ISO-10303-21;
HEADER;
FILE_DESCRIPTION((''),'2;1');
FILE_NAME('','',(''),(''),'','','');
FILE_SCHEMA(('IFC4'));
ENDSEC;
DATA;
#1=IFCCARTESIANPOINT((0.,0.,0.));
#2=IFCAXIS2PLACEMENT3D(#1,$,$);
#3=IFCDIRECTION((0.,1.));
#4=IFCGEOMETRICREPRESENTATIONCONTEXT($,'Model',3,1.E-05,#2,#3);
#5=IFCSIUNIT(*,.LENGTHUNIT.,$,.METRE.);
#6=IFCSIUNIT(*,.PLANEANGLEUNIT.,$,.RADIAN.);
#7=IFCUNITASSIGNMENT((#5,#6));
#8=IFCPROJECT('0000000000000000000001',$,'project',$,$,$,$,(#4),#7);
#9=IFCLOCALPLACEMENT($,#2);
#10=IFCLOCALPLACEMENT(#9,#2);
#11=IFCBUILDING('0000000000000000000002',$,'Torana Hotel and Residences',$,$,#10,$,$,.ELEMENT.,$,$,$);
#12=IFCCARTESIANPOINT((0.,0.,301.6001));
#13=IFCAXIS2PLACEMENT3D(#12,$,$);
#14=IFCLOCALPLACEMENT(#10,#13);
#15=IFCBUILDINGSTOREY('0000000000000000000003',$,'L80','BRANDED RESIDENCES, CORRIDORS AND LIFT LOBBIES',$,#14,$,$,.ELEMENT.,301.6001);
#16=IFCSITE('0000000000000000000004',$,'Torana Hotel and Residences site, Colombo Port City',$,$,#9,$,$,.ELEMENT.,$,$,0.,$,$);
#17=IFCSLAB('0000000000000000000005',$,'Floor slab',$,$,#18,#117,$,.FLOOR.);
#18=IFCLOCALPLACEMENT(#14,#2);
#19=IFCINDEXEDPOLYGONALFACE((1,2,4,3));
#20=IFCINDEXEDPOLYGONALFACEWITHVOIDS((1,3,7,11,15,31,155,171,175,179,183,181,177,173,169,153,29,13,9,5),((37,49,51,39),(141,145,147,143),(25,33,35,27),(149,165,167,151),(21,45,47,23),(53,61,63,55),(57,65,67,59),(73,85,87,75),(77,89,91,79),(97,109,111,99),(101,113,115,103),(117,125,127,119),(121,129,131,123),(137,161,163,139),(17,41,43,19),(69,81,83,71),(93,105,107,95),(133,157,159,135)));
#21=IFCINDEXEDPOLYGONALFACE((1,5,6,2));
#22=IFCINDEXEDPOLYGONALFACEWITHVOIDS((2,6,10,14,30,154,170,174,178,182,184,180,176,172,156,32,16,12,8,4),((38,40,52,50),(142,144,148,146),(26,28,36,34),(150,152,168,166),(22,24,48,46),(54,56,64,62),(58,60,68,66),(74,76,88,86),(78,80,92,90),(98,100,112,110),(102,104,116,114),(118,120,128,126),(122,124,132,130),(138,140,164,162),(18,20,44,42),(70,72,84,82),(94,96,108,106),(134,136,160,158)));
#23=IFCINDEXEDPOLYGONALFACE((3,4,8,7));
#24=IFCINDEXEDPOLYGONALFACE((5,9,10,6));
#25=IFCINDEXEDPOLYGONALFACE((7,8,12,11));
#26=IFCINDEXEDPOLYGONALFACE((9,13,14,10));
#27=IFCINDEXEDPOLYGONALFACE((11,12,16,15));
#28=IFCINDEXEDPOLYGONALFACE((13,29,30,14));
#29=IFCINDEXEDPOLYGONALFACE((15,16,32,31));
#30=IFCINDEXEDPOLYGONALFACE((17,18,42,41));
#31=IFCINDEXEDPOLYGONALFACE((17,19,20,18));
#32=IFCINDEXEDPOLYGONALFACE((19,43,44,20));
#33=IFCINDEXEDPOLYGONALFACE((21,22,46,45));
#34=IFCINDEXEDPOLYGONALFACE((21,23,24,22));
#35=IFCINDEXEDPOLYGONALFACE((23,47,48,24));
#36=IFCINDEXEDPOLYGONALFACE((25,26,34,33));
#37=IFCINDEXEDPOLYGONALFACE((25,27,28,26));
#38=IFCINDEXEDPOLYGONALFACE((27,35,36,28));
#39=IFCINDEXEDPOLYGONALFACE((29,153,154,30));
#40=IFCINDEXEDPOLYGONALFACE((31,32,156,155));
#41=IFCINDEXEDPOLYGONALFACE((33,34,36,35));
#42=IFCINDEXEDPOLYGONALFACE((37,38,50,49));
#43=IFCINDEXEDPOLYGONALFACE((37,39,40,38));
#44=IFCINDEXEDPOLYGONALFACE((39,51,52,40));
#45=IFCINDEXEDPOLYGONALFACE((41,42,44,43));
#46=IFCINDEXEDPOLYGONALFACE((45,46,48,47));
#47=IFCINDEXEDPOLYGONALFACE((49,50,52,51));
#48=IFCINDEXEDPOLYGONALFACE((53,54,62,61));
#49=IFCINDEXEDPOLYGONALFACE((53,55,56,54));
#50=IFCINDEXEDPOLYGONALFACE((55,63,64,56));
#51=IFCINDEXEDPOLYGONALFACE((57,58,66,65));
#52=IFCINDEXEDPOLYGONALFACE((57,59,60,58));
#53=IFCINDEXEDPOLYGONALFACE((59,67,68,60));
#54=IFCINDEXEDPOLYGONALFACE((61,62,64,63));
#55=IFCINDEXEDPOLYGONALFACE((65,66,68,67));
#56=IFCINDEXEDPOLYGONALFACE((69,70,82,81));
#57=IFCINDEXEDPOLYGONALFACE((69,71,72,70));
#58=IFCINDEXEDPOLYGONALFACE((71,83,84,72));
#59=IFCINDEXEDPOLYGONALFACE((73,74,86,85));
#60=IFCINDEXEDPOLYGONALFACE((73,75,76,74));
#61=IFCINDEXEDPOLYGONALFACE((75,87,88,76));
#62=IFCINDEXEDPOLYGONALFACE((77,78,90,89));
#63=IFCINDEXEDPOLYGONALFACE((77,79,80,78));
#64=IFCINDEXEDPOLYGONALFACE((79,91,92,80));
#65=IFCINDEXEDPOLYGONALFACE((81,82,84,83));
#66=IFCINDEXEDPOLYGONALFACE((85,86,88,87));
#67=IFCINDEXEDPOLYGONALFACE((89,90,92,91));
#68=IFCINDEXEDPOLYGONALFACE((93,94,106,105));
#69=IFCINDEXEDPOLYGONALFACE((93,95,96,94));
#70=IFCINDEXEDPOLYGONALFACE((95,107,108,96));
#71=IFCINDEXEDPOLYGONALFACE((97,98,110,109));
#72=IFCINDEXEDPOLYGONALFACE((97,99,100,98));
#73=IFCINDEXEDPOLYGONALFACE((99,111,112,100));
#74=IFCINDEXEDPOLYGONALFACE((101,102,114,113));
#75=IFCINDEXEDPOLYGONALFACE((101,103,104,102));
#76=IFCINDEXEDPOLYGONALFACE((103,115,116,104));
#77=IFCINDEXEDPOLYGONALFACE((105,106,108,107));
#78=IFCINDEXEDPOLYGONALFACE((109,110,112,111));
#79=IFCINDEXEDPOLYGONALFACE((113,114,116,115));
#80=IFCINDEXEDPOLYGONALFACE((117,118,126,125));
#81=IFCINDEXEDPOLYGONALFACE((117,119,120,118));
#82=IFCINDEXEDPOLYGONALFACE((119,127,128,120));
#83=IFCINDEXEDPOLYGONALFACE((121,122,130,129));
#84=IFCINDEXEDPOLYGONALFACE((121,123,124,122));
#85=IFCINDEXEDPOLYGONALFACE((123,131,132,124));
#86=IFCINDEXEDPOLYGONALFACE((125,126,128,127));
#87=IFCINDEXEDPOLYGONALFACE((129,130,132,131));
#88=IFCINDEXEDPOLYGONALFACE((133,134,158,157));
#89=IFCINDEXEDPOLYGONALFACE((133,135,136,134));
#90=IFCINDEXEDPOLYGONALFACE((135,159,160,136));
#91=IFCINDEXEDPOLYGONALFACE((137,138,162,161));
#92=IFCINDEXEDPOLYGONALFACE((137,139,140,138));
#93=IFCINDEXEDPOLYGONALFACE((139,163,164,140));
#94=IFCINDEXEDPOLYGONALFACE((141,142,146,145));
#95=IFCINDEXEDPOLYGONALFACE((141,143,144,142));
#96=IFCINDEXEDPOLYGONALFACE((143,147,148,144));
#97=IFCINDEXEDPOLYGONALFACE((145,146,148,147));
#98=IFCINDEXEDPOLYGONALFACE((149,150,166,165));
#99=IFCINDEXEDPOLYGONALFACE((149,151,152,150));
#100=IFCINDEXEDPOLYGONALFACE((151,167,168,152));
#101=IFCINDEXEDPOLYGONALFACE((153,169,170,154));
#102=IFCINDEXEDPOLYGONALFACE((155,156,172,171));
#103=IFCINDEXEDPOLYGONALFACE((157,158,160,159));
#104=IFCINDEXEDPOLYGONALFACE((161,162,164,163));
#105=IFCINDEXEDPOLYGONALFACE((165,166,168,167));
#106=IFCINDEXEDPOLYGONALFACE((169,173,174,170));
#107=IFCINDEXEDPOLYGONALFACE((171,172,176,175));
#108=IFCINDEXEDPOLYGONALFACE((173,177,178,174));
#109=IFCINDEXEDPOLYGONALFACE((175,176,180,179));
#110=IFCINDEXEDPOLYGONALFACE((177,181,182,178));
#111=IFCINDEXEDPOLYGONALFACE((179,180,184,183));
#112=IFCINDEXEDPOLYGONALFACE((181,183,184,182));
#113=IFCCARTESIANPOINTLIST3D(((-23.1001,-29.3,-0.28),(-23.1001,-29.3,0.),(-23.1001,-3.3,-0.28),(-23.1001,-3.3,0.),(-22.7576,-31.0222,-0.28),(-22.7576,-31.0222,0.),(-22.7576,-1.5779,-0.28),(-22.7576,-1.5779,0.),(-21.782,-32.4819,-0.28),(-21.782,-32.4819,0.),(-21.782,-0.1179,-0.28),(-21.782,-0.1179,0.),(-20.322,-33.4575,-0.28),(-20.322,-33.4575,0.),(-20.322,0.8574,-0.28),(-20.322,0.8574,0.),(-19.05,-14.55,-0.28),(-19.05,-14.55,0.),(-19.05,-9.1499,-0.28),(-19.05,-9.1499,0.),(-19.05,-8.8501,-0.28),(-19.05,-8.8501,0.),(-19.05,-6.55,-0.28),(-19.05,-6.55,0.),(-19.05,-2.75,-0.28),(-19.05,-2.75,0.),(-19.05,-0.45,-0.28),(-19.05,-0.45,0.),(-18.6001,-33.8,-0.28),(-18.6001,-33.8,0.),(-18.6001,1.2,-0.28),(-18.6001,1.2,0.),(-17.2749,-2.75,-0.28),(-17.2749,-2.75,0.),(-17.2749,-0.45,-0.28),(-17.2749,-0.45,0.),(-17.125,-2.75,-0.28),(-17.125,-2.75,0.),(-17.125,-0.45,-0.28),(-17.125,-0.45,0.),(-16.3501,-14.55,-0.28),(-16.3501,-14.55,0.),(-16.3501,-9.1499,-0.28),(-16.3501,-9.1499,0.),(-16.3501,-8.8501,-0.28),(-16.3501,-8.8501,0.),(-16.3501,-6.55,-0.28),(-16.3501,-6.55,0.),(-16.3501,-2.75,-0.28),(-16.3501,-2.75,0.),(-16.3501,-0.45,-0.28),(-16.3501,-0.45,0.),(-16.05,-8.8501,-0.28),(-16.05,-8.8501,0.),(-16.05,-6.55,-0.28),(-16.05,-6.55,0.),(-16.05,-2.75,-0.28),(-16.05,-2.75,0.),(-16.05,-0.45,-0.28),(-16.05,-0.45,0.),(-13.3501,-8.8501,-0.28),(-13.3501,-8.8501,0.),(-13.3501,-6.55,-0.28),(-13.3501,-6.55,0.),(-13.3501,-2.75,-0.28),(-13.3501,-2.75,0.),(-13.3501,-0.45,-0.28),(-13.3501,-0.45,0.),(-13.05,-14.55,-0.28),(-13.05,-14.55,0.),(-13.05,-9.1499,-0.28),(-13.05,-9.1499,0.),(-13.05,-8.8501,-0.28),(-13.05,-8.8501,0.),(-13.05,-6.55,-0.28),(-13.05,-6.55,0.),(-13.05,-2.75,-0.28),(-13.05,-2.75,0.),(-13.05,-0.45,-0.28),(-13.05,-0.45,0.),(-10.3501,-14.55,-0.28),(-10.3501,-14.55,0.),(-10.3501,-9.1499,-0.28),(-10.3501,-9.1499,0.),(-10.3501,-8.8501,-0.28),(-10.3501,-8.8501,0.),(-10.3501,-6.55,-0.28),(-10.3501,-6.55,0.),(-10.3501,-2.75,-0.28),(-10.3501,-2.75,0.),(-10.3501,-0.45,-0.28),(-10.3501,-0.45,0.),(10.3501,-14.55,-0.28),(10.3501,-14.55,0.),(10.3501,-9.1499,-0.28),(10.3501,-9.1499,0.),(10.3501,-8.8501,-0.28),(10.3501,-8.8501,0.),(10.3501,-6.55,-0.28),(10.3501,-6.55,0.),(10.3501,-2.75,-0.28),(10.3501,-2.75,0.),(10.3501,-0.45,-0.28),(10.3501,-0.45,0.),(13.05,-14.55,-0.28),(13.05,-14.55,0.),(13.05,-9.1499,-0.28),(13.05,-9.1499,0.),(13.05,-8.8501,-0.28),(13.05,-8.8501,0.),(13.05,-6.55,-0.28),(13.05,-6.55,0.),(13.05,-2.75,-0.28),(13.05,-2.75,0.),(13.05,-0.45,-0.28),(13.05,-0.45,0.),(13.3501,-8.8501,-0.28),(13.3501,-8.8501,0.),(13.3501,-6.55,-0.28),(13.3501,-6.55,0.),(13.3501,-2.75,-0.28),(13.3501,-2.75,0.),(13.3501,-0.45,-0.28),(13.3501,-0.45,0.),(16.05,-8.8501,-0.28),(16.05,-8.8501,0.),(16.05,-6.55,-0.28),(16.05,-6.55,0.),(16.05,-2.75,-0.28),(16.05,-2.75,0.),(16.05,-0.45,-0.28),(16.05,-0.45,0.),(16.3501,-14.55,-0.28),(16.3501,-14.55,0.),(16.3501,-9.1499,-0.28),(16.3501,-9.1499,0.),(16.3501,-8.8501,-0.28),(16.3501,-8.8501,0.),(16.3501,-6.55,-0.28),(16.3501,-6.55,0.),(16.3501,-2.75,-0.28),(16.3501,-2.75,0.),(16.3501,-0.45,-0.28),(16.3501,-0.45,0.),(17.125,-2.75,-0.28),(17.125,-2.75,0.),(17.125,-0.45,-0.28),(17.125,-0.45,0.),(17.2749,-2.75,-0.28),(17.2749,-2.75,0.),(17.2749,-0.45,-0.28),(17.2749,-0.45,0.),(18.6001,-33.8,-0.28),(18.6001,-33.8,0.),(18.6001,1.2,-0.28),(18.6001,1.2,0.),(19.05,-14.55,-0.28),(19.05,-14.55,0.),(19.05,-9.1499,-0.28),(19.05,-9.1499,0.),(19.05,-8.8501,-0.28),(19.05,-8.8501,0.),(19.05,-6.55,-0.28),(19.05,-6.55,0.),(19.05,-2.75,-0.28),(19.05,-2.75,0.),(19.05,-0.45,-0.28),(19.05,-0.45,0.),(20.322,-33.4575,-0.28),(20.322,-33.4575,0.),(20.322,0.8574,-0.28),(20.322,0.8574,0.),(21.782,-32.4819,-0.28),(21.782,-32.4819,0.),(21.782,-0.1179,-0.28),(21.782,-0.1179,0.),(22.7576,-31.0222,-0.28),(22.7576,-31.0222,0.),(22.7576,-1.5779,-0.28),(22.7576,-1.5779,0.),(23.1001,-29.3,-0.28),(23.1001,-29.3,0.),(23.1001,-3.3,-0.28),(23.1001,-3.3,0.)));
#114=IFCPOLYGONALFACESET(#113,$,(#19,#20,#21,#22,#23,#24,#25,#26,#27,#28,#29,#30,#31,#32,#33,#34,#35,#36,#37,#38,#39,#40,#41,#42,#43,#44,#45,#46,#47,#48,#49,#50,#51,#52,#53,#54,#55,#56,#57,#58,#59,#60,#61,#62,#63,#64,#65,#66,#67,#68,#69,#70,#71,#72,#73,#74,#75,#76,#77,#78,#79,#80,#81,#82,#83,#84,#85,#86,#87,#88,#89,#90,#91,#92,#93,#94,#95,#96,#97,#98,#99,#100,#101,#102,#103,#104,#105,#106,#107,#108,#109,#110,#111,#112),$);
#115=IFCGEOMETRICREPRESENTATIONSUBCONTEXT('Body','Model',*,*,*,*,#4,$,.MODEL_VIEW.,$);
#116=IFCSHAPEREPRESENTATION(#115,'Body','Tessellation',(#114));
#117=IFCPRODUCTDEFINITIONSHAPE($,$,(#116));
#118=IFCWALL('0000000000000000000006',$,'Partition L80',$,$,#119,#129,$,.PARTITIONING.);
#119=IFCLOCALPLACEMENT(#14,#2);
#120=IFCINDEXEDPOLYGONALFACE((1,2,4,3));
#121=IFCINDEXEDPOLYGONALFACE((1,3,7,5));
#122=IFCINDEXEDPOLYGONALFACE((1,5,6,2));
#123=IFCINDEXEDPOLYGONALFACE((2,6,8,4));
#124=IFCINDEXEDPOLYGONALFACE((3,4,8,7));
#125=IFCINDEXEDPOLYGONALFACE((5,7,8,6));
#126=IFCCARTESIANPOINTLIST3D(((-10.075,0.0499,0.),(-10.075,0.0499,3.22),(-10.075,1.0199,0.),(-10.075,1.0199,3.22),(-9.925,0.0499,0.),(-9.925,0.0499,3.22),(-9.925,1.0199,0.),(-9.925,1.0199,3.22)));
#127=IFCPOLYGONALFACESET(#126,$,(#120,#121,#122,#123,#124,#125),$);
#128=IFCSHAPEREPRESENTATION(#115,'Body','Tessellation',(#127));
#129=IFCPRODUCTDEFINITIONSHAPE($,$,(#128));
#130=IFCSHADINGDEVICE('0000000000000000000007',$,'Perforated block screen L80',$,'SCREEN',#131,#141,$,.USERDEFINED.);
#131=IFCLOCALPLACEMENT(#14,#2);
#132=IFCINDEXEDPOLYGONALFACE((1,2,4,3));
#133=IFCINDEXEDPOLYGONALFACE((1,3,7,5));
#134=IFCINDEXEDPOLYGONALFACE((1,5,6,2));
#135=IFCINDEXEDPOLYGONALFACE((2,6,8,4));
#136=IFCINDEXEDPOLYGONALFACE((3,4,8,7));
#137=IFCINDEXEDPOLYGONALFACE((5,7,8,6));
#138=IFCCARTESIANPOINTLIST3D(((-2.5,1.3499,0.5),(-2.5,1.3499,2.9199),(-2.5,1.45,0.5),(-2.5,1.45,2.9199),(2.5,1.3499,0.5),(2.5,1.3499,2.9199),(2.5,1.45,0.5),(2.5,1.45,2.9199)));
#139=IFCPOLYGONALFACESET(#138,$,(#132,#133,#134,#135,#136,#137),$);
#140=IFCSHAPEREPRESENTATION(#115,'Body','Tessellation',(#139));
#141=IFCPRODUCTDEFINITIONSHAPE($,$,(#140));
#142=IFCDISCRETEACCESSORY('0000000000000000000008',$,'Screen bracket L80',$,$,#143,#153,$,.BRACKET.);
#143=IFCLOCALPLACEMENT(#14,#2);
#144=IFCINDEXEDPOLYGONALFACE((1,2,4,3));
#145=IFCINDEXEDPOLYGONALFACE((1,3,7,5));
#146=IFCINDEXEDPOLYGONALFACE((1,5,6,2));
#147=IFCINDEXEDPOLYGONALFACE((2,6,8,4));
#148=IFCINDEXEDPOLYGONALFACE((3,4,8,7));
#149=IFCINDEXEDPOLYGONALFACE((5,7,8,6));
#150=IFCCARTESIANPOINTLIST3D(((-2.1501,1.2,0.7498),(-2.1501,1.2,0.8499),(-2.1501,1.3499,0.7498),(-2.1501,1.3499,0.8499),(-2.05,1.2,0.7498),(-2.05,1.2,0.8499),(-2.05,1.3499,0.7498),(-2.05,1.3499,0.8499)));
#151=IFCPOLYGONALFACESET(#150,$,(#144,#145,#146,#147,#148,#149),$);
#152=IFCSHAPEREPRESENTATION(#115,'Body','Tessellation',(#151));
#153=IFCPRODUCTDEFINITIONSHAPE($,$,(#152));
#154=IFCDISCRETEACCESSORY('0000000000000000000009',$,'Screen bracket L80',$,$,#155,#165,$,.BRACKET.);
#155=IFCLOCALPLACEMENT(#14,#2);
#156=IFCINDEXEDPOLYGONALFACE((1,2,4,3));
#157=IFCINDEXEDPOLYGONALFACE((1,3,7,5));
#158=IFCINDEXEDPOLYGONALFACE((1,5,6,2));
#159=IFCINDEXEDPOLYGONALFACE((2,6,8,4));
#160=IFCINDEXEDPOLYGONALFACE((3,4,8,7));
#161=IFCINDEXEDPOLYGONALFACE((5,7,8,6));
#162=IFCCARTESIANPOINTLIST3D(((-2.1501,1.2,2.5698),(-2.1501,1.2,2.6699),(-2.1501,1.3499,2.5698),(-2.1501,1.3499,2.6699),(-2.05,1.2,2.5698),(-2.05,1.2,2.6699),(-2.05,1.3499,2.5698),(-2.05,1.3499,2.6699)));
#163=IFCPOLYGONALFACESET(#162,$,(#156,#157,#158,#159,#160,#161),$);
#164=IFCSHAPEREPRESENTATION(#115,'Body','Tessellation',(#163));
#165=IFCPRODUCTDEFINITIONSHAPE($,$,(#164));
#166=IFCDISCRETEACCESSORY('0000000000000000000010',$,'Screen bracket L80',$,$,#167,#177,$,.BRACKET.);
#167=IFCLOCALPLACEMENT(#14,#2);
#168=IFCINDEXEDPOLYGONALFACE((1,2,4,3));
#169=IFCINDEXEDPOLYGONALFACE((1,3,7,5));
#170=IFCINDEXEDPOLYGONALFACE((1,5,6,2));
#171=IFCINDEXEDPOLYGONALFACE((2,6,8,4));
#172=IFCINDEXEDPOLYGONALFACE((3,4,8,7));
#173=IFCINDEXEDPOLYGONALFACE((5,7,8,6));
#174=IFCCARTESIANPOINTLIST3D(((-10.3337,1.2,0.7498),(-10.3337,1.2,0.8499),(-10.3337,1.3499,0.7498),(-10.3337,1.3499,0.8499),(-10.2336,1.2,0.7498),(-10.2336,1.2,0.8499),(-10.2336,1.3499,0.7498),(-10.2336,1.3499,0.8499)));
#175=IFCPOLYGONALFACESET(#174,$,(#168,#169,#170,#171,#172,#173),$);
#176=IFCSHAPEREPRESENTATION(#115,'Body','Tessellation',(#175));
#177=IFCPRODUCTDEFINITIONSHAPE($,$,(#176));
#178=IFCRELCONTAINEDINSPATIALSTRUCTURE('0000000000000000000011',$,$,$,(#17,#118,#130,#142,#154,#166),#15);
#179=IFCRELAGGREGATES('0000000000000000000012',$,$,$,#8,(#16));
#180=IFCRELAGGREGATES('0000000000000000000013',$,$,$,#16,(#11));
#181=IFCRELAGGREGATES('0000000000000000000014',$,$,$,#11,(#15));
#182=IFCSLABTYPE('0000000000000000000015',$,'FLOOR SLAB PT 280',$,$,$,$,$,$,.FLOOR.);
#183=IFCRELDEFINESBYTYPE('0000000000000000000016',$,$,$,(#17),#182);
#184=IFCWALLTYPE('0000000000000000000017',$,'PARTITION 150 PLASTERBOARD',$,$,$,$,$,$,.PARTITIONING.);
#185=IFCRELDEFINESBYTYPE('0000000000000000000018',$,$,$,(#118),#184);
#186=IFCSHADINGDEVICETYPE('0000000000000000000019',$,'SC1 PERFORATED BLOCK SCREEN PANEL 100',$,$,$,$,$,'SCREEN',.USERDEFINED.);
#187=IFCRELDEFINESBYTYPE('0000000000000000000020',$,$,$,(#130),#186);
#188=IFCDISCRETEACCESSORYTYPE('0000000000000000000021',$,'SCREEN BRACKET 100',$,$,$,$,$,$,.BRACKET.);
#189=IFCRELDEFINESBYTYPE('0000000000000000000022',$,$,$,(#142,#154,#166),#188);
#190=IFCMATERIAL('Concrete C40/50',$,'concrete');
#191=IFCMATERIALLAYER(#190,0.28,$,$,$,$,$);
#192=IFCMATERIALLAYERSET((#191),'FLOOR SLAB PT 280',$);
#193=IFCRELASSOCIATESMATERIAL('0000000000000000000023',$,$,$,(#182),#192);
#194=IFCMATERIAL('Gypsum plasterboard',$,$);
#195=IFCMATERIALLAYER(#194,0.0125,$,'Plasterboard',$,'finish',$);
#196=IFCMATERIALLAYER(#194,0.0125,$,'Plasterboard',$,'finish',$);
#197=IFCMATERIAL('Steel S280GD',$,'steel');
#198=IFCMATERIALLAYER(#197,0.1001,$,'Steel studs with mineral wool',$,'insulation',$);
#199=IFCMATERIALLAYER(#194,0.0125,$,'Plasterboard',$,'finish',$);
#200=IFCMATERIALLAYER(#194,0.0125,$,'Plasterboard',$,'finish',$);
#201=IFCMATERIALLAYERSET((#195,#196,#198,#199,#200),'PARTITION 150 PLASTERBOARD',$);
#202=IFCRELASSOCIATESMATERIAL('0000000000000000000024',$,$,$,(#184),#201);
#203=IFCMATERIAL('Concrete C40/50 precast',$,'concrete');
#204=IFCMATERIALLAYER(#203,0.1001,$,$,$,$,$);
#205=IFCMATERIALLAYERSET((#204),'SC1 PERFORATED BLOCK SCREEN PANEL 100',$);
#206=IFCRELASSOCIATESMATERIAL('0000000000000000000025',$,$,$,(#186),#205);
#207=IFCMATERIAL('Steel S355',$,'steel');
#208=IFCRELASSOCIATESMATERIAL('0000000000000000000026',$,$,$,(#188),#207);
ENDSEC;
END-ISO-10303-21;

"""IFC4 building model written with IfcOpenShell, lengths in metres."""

from ifc_helpers import new_model, si_unit, direction, frame, frame_2d, origin, origin_2d, place, context, subcontext, project, spatial, polyline, rectangle, outline, extrude, material, layer, layer_set, type_object, element, save


model = new_model("IFC4")

# Units and contexts
model_context = context("Model", 3, precision=1e-05, world=origin(), true_north=direction((0.0, 1.0)))
body_context = subcontext(model_context, "Body", "Model", "MODEL_VIEW")
ifc_project = project(units=[si_unit("LENGTHUNIT", "METRE"), si_unit("PLANEANGLEUNIT", "RADIAN")], contexts=[model_context])

# Site, building, storey
site_placement = place(None, origin())
site = spatial("IfcSite", under=ifc_project, at=site_placement, Name="Torana Hotel and Residences site, Colombo Port City", CompositionType="ELEMENT", RefElevation=0.0)
building_placement = place(site_placement, origin())
building = spatial("IfcBuilding", under=site, at=building_placement, Name="Torana Hotel and Residences", CompositionType="ELEMENT")
storey_placement = place(building_placement, frame((0.0, 0.0, 301.6001)))
storey = spatial("IfcBuildingStorey", under=building, at=storey_placement, Name="L80", Description="BRANDED RESIDENCES, CORRIDORS AND LIFT LOBBIES", CompositionType="ELEMENT", Elevation=301.6001)

# Slab
ifc_material_1 = material(Name="Concrete C40/50", Category="concrete")
ifc_layer_1 = layer(ifc_material_1, 0.28)
ifc_layer_set_1 = layer_set([ifc_layer_1], Name="FLOOR SLAB PT 280")
slab_type_1 = type_object("IfcSlabType", Name="FLOOR SLAB PT 280", PredefinedType="FLOOR", material=ifc_layer_set_1)
slab_1_placement = place(storey_placement, frame((0.0, 0.0, -0.28)))
element("IfcSlab", 1, at=slab_1_placement, inside=storey, type_object=slab_type_1, Name="Floor slab", PredefinedType="FLOOR", context=body_context, shape_type="SweptSolid", body=[
    extrude(outline(polyline([(23.1001, -3.3), (22.7576, -1.5779), (21.782, -0.1179), (20.322, 0.8574), (18.6001, 1.2), (-18.6001, 1.2), (-20.322, 0.8574), (-21.782, -0.1179), (-22.7576, -1.5779), (-23.1001, -3.3), (-23.1001, -29.3), (-22.7576, -31.0222), (-21.782, -32.4819), (-20.322, -33.4575), (-18.6001, -33.8), (18.6001, -33.8), (20.322, -33.4575), (21.782, -32.4819), (22.7576, -31.0222), (23.1001, -29.3), (23.1001, -3.3)]), holes=[polyline([(-13.05, -14.55), (-10.3501, -14.55), (-10.3501, -9.1499), (-13.05, -9.1499), (-13.05, -14.55)]), polyline([(-19.05, -14.55), (-16.3501, -14.55), (-16.3501, -9.1499), (-19.05, -9.1499), (-19.05, -14.55)]), polyline([(-17.125, -2.75), (-16.3501, -2.75), (-16.3501, -0.45), (-17.125, -0.45), (-17.125, -2.75)]), polyline([(-19.05, -2.75), (-17.2749, -2.75), (-17.2749, -0.45), (-19.05, -0.45), (-19.05, -2.75)]), polyline([(-13.05, -2.75), (-10.3501, -2.75), (-10.3501, -0.45), (-13.05, -0.45), (-13.05, -2.75)]), polyline([(-16.05, -2.75), (-13.3501, -2.75), (-13.3501, -0.45), (-16.05, -0.45), (-16.05, -2.75)]), polyline([(-13.05, -8.8501), (-10.3501, -8.8501), (-10.3501, -6.55), (-13.05, -6.55), (-13.05, -8.8501)]), polyline([(-16.05, -8.8501), (-13.3501, -8.8501), (-13.3501, -6.55), (-16.05, -6.55), (-16.05, -8.8501)]), polyline([(-19.05, -8.8501), (-16.3501, -8.8501), (-16.3501, -6.55), (-19.05, -6.55), (-19.05, -8.8501)]), polyline([(10.3501, -14.55), (13.05, -14.55), (13.05, -9.1499), (10.3501, -9.1499), (10.3501, -14.55)]), polyline([(16.3501, -14.55), (19.05, -14.55), (19.05, -9.1499), (16.3501, -9.1499), (16.3501, -14.55)]), polyline([(16.3501, -2.75), (17.125, -2.75), (17.125, -0.45), (16.3501, -0.45), (16.3501, -2.75)]), polyline([(17.2749, -2.75), (19.05, -2.75), (19.05, -0.45), (17.2749, -0.45), (17.2749, -2.75)]), polyline([(10.3501, -2.75), (13.05, -2.75), (13.05, -0.45), (10.3501, -0.45), (10.3501, -2.75)]), polyline([(13.3501, -2.75), (16.05, -2.75), (16.05, -0.45), (13.3501, -0.45), (13.3501, -2.75)]), polyline([(10.3501, -8.8501), (13.05, -8.8501), (13.05, -6.55), (10.3501, -6.55), (10.3501, -8.8501)]), polyline([(13.3501, -8.8501), (16.05, -8.8501), (16.05, -6.55), (13.3501, -6.55), (13.3501, -8.8501)]), polyline([(16.3501, -8.8501), (19.05, -8.8501), (19.05, -6.55), (16.3501, -6.55), (16.3501, -8.8501)])]), origin(), (0.0, 0.0, 1.0), 0.28),
])

# Wall
ifc_material_2 = material(Name="Gypsum plasterboard")
ifc_layer_2 = layer(ifc_material_2, 0.0125, Name="Plasterboard", Category="finish")
ifc_layer_3 = layer(ifc_material_2, 0.0125, Name="Plasterboard", Category="finish")
ifc_material_3 = material(Name="Steel S280GD", Category="steel")
ifc_layer_4 = layer(ifc_material_3, 0.1001, Name="Steel studs with mineral wool", Category="insulation")
ifc_layer_5 = layer(ifc_material_2, 0.0125, Name="Plasterboard", Category="finish")
ifc_layer_6 = layer(ifc_material_2, 0.0125, Name="Plasterboard", Category="finish")
ifc_layer_set_2 = layer_set([ifc_layer_2, ifc_layer_3, ifc_layer_4, ifc_layer_5, ifc_layer_6], Name="PARTITION 150 PLASTERBOARD")
wall_type = type_object("IfcWallType", Name="PARTITION 150 PLASTERBOARD", PredefinedType="PARTITIONING", material=ifc_layer_set_2)
wall_placement = place(storey_placement, frame((-10.0, 0.05, 0.0), z_axis=(0.0, 0.0, 1.0), x_axis=(0.0, 1.0, 0.0)))
element("IfcWall", 2, at=wall_placement, inside=storey, type_object=wall_type, Name="Partition L80", PredefinedType="PARTITIONING", context=body_context, shape_type="SweptSolid", body=[
    extrude(rectangle(XDim=0.97, YDim=0.1499, at=frame_2d((0.4849, 0.0))), origin(), (0.0, 0.0, 1.0), 3.22),
])

# Shading device
ifc_material_4 = material(Name="Concrete C40/50 precast", Category="concrete")
ifc_layer_7 = layer(ifc_material_4, 0.1001)
ifc_layer_set_3 = layer_set([ifc_layer_7], Name="SC1 PERFORATED BLOCK SCREEN PANEL 100")
shading_device_type = type_object("IfcShadingDeviceType", Name="SC1 PERFORATED BLOCK SCREEN PANEL 100", ElementType="SCREEN", PredefinedType="USERDEFINED", material=ifc_layer_set_3)
shading_device_placement = place(storey_placement, frame((0.0, 1.3999, 0.5), z_axis=(0.0, 0.0, 1.0), x_axis=(-1.0, 0.0, 0.0)))
element("IfcShadingDevice", 3, at=shading_device_placement, inside=storey, type_object=shading_device_type, Name="Perforated block screen L80", ObjectType="SCREEN", PredefinedType="USERDEFINED", context=body_context, shape_type="SweptSolid", body=[
    extrude(rectangle(XDim=5.0, YDim=0.1001, at=origin_2d()), origin(), (0.0, 0.0, 1.0), 2.4199),
])

# Discrete accessories
ifc_material_5 = material(Name="Steel S355", Category="steel")
discrete_accessory_type = type_object("IfcDiscreteAccessoryType", Name="SCREEN BRACKET 100", PredefinedType="BRACKET", material=ifc_material_5)
for number, where, z_axis, x_axis, name in (
    (4, (-2.1001, 1.2749, 0.7498), (0.0, 0.0, 1.0), (-1.0, 0.0, 0.0), "Screen bracket L80"),
    (5, (-2.1001, 1.2749, 2.5698), (0.0, 0.0, 1.0), (-1.0, 0.0, 0.0), "Screen bracket L80"),
    (6, (-10.2837, 1.2749, 0.7498), (0.0, 0.0, 1.0), (-1.0, 0.0, 0.0), "Screen bracket L80"),
):
    element("IfcDiscreteAccessory", number, at=place(storey_placement, frame(where, z_axis=z_axis, x_axis=x_axis)), inside=storey, type_object=discrete_accessory_type, Name=name, PredefinedType="BRACKET", context=body_context, shape_type="SweptSolid", body=[
        extrude(rectangle(XDim=0.1001, YDim=0.1499, at=origin_2d()), origin(), (0.0, 0.0, 1.0), 0.1001),
    ])

save(model, "model.ifc")
